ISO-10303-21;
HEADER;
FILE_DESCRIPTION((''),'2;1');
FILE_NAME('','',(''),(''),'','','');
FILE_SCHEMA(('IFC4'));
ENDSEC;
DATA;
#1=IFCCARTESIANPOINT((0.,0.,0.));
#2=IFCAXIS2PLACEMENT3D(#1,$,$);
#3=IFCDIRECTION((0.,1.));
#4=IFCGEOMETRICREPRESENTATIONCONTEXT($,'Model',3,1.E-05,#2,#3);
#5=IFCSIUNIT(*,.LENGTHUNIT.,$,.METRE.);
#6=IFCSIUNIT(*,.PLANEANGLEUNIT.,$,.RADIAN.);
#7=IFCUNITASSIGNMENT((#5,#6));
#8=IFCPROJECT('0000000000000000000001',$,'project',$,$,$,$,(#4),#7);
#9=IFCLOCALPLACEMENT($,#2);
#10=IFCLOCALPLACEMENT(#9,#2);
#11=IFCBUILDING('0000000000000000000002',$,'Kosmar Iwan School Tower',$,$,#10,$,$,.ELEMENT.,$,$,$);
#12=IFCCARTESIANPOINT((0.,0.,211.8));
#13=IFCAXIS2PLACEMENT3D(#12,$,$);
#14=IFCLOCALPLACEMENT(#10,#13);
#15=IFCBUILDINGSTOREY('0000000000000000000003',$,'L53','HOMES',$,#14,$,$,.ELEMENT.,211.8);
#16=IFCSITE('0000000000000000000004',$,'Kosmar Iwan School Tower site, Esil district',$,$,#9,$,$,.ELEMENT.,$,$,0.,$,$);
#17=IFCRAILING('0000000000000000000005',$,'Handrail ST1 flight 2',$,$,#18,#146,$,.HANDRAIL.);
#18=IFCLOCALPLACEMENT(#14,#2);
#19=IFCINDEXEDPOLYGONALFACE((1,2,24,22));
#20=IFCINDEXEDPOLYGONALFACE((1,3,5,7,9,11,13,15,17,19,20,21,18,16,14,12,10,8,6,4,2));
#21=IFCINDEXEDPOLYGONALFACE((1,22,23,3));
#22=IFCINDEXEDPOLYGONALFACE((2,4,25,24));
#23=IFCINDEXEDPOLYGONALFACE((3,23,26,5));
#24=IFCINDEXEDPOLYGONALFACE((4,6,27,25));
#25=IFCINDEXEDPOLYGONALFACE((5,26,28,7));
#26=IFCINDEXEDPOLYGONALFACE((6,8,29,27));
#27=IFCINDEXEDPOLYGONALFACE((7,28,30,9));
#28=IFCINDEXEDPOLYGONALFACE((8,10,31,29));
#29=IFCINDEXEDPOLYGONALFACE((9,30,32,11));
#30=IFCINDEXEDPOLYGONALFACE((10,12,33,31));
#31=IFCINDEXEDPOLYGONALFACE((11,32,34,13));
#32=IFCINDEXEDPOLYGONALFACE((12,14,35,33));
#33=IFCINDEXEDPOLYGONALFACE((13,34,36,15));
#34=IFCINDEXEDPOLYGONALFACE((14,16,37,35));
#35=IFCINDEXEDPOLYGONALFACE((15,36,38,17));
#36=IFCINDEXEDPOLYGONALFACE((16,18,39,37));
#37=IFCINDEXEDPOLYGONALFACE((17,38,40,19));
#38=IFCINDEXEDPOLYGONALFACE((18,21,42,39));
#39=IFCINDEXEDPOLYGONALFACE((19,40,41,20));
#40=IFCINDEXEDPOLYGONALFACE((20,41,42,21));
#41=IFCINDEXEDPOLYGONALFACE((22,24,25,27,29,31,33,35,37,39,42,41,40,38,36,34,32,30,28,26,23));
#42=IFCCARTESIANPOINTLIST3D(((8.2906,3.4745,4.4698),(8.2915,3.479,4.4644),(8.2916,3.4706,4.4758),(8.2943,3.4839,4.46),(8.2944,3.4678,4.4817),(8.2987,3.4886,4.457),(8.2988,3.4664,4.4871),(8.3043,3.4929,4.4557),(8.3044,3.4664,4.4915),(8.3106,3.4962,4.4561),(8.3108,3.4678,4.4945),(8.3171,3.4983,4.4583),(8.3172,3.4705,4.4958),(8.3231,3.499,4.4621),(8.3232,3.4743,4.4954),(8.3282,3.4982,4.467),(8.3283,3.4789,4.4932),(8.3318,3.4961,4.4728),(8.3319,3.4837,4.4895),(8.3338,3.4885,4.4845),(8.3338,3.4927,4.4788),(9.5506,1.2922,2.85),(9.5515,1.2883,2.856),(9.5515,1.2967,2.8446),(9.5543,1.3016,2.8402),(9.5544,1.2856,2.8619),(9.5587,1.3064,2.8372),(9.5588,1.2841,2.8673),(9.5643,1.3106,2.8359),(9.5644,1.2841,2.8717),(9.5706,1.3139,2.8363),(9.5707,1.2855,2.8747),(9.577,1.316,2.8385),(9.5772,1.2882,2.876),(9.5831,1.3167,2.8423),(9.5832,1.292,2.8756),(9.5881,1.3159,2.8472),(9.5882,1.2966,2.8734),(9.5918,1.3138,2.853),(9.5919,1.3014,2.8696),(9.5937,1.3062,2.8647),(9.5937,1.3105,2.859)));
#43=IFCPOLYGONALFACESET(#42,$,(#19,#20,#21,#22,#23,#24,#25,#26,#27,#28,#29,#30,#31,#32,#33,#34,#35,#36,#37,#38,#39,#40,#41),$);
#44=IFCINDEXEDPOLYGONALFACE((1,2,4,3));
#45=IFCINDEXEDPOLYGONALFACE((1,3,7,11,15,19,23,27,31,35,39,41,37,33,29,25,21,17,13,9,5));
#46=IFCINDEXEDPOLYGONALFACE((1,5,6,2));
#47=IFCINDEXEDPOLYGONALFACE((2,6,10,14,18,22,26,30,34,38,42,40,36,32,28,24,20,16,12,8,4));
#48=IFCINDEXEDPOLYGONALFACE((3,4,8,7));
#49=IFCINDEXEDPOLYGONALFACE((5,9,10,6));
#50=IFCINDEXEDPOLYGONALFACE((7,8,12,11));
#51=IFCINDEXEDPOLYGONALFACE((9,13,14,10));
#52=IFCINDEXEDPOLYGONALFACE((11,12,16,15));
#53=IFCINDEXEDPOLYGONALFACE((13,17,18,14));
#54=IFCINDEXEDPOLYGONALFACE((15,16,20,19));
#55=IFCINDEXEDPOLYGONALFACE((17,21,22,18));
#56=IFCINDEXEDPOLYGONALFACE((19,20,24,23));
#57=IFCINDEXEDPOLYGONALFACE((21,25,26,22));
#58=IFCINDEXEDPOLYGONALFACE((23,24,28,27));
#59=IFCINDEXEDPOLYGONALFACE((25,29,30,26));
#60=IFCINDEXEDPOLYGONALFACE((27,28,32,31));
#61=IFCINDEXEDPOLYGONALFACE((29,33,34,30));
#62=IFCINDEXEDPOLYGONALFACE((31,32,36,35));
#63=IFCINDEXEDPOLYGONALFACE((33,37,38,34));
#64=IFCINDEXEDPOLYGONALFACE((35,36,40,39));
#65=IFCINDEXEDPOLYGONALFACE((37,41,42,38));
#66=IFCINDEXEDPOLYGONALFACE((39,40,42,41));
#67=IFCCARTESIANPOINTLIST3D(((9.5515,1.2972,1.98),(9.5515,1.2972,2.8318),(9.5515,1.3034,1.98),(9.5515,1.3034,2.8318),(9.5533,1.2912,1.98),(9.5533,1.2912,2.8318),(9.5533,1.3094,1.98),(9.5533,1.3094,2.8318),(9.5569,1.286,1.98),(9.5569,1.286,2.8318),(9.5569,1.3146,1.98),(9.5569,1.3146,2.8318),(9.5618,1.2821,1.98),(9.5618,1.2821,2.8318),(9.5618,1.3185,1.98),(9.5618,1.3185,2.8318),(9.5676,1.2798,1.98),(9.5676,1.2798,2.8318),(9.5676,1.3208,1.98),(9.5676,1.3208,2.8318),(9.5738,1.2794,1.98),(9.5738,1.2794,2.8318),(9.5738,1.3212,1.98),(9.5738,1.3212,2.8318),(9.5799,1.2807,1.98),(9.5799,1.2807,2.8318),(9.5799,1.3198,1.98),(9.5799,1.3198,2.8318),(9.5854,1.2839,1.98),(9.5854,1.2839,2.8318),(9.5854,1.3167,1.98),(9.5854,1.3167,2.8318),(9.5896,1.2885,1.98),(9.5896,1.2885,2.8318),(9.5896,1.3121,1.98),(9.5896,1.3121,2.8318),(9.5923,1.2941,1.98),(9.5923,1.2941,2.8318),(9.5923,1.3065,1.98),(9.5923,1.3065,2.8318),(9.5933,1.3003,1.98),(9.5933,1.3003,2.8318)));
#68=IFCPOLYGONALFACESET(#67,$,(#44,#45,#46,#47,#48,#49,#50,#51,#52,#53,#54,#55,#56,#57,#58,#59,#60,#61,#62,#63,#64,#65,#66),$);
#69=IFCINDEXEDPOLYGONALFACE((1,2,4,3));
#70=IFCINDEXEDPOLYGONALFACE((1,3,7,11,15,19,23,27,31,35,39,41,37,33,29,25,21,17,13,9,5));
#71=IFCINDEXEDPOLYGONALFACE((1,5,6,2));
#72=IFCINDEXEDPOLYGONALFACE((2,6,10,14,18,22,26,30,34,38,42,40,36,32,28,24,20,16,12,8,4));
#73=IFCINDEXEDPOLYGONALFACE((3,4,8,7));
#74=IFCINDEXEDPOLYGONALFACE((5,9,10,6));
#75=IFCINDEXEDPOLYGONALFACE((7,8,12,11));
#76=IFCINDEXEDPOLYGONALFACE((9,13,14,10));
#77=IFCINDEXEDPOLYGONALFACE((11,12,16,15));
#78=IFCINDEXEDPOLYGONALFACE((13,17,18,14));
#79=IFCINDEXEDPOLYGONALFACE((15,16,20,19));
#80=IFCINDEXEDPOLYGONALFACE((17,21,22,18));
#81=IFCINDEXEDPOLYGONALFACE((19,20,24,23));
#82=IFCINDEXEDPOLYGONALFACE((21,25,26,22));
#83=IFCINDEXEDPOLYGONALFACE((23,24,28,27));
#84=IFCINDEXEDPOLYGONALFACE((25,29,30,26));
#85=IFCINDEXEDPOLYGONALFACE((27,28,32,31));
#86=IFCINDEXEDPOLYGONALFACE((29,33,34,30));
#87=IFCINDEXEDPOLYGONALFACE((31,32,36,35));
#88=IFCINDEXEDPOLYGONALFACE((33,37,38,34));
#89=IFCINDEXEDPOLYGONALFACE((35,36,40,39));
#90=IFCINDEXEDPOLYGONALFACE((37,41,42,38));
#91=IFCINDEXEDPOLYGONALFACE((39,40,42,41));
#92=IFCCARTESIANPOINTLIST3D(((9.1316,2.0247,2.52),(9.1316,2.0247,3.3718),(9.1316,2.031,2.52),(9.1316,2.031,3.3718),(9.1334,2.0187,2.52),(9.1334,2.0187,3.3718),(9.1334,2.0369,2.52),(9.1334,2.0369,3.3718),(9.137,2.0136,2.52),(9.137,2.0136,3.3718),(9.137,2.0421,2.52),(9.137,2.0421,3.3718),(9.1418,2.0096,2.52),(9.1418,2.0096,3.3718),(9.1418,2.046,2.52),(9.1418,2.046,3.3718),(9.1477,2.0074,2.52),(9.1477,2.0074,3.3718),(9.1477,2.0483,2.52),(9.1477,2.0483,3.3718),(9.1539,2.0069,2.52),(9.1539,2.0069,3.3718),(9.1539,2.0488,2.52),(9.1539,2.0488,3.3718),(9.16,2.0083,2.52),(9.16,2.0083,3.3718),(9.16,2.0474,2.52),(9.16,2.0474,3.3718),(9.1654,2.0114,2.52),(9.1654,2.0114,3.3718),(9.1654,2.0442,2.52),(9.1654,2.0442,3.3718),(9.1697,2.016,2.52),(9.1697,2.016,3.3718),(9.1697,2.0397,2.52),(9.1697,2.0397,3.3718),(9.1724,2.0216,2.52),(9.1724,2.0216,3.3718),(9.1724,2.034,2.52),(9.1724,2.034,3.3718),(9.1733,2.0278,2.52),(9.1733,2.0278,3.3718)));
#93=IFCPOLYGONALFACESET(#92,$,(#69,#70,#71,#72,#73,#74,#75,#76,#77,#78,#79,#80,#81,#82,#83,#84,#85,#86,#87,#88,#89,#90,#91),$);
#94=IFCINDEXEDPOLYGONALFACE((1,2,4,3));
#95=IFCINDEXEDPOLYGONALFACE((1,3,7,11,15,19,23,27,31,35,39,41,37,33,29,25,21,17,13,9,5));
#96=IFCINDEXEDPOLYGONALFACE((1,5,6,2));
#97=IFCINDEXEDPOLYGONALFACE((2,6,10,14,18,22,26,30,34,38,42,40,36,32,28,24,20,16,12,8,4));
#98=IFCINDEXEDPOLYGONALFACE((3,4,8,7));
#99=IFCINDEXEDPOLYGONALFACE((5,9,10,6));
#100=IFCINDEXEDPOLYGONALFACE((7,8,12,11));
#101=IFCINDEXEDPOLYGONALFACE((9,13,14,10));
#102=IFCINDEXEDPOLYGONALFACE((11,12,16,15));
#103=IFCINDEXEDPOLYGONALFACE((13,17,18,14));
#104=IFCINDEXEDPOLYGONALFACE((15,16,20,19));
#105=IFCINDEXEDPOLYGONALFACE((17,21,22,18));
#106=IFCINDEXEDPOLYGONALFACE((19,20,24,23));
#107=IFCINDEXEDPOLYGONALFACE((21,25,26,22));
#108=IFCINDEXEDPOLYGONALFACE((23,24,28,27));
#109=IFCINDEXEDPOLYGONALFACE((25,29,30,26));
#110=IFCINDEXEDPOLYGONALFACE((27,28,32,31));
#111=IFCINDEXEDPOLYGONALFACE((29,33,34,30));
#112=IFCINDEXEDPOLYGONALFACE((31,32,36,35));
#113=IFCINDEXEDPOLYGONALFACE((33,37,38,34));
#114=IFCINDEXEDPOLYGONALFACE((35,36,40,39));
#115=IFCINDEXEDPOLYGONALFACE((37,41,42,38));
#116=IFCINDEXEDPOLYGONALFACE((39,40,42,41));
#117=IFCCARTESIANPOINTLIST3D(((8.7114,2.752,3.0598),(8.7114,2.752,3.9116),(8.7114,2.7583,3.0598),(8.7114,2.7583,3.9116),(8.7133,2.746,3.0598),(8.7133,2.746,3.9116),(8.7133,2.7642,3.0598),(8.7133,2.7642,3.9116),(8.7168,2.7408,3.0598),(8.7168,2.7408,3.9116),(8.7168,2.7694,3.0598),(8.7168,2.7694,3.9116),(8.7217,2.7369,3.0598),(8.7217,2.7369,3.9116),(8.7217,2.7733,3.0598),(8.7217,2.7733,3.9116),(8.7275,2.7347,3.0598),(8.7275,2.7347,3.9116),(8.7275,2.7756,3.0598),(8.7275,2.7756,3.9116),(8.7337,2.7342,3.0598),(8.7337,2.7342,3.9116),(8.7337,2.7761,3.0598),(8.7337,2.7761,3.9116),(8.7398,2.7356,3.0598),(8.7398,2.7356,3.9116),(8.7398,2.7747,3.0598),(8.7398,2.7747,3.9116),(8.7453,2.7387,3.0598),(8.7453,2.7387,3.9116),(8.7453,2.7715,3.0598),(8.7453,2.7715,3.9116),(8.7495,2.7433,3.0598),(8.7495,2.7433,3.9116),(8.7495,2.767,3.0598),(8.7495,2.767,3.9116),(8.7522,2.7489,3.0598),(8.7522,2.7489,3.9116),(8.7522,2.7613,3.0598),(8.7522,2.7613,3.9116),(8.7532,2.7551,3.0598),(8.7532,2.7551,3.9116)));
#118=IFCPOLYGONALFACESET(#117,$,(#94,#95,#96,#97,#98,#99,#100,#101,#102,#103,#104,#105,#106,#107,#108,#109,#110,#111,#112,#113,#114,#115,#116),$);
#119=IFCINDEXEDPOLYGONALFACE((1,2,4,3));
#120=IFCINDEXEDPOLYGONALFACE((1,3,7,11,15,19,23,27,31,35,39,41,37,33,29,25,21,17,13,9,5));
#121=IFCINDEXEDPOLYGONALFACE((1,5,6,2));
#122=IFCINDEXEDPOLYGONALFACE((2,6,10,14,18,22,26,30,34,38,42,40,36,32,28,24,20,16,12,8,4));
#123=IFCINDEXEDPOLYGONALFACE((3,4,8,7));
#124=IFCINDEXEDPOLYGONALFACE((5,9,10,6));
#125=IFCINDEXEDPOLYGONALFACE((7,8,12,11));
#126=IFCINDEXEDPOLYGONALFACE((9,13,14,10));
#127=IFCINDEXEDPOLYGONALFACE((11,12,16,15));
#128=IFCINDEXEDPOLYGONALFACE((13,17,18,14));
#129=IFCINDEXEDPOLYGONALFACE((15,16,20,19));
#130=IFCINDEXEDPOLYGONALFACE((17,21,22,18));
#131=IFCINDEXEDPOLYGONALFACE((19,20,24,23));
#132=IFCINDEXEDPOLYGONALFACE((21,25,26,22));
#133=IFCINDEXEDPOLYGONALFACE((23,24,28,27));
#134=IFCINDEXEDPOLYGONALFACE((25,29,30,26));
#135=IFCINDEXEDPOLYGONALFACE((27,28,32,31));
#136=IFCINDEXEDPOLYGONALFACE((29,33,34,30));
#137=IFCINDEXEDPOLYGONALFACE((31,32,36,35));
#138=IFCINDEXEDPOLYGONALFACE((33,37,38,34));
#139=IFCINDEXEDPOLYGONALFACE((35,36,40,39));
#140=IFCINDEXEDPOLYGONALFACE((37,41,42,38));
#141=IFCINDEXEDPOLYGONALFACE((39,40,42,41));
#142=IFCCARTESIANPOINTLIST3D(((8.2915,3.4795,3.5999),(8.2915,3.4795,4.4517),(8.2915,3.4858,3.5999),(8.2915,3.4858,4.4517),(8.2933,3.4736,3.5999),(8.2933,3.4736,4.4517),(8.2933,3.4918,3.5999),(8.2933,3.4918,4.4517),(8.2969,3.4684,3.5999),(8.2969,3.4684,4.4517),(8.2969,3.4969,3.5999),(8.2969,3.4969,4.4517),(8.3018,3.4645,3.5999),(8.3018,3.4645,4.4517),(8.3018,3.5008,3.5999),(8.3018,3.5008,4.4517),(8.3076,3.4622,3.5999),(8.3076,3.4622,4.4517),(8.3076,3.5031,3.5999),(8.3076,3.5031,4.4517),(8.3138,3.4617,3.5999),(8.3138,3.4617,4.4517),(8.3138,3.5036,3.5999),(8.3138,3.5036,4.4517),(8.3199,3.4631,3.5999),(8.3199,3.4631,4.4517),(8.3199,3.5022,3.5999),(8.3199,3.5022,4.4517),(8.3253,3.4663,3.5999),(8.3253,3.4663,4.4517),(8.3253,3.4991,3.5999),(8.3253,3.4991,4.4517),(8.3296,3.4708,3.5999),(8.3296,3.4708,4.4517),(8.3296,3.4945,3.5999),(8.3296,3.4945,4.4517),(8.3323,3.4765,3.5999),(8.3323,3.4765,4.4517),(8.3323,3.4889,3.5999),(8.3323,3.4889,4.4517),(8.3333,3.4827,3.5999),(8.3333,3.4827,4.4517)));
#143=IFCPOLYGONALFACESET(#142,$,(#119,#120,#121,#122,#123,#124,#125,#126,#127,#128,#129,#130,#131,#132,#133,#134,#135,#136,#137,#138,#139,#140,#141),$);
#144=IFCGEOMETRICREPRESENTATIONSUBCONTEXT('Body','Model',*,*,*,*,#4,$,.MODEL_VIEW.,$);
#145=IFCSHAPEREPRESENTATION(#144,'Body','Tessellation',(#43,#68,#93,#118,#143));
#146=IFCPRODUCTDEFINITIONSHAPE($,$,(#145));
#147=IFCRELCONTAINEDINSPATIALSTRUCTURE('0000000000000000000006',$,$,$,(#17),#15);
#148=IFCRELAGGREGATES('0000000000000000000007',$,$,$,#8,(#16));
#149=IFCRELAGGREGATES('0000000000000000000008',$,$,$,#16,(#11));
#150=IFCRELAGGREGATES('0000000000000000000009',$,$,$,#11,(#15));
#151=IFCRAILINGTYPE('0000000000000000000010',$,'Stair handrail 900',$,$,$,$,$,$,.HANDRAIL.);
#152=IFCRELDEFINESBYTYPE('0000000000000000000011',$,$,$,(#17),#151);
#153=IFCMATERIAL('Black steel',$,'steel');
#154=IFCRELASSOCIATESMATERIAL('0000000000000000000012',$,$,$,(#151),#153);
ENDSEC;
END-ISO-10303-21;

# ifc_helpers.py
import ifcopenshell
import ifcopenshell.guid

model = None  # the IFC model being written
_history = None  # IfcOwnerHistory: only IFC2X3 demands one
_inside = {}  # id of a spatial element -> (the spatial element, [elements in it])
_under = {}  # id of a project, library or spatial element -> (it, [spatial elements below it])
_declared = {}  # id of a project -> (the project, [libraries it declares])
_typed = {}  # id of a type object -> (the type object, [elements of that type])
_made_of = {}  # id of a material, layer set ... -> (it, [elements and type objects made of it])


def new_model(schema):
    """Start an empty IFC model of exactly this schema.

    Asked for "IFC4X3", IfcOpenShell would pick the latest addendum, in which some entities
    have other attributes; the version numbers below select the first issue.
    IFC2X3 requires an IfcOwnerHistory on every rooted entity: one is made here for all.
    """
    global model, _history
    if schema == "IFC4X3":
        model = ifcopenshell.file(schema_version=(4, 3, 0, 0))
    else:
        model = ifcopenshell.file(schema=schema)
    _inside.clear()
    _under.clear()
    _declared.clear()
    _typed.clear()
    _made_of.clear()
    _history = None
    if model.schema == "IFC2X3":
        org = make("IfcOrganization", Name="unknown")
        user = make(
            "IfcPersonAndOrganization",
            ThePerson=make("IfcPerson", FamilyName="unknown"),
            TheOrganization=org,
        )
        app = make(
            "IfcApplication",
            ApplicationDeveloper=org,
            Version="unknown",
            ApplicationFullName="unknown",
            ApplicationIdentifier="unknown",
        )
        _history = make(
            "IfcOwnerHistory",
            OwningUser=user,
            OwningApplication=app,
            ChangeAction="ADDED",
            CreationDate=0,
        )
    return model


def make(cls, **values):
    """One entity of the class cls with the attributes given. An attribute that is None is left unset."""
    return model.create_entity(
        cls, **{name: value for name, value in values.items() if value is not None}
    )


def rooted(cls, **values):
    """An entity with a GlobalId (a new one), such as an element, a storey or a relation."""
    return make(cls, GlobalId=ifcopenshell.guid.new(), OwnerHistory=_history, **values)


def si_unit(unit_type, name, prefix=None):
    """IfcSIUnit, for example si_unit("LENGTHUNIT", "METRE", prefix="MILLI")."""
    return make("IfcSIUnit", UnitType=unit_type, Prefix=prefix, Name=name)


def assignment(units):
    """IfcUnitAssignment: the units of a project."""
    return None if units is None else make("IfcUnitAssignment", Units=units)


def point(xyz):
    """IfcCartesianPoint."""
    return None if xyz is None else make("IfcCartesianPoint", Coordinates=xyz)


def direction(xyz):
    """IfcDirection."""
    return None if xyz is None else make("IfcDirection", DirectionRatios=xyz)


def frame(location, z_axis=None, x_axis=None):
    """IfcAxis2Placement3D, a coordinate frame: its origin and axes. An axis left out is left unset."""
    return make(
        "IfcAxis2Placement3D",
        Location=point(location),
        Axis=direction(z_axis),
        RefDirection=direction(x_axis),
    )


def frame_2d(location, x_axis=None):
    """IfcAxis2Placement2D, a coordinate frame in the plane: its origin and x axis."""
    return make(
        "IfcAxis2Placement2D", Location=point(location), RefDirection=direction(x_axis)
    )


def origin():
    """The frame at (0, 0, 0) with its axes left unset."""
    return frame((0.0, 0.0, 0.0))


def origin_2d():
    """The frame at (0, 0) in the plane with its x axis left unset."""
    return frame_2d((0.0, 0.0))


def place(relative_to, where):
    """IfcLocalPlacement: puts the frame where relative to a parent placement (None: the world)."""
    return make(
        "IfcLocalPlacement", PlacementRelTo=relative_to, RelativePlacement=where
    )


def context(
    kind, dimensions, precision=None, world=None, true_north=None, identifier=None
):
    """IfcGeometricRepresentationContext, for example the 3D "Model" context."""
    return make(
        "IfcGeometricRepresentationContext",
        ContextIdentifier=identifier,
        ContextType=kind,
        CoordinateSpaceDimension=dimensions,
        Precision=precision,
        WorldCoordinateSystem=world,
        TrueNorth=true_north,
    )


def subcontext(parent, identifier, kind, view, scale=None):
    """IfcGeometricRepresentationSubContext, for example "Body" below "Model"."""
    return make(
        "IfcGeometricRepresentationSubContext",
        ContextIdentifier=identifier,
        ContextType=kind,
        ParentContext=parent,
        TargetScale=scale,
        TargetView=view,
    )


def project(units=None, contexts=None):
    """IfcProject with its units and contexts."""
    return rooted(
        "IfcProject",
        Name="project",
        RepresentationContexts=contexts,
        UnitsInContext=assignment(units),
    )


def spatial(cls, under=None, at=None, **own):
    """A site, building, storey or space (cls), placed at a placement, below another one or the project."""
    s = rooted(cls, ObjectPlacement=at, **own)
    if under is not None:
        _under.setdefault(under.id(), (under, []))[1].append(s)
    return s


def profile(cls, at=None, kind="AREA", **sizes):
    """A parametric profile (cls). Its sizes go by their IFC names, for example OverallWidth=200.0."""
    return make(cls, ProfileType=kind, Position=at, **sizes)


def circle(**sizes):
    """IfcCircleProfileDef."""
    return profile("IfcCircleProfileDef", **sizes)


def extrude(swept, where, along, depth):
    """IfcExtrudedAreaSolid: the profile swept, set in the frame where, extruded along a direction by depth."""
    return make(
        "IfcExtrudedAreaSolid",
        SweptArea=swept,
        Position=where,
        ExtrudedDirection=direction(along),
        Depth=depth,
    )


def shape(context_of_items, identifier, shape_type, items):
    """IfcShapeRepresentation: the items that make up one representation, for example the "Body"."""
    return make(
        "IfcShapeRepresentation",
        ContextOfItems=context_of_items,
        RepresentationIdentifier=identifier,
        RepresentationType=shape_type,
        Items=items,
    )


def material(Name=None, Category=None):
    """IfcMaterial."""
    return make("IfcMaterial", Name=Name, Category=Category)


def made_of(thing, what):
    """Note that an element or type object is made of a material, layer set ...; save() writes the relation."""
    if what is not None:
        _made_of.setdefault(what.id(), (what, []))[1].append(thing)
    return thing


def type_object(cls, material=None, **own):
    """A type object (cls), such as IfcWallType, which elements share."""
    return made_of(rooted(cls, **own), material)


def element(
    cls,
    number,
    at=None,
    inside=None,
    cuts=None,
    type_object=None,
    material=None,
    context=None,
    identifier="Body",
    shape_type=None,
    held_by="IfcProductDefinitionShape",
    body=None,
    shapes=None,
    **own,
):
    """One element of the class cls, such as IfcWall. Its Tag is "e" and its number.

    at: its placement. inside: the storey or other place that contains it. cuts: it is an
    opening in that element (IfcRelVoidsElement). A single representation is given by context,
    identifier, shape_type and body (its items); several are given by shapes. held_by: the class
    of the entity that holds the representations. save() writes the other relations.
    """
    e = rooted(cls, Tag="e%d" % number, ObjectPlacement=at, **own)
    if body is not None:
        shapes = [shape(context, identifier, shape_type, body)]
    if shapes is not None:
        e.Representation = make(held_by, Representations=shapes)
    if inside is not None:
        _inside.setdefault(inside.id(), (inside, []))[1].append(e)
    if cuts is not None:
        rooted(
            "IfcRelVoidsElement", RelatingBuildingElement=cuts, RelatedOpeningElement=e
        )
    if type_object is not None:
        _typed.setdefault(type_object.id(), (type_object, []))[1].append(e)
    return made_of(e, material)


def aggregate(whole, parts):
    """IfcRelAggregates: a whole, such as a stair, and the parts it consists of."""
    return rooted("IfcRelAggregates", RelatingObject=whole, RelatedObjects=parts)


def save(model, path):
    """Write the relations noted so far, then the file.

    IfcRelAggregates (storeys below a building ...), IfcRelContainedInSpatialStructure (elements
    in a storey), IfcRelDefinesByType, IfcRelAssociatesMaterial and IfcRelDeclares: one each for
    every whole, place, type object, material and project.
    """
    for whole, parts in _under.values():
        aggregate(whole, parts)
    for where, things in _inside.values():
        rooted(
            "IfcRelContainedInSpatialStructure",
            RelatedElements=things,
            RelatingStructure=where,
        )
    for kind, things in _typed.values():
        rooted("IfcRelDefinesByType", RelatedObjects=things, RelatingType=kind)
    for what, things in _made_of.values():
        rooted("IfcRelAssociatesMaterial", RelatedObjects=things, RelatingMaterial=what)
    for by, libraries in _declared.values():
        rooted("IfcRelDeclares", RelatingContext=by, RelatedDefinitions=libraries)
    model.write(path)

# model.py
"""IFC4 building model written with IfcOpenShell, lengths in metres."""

from ifc_helpers import new_model, si_unit, direction, frame, origin, origin_2d, place, context, subcontext, project, spatial, circle, extrude, material, type_object, element, save


model = new_model("IFC4")

# Units and contexts
model_context = context("Model", 3, precision=1e-05, world=origin(), true_north=direction((0.0, 1.0)))
body_context = subcontext(model_context, "Body", "Model", "MODEL_VIEW")
ifc_project = project(units=[si_unit("LENGTHUNIT", "METRE"), si_unit("PLANEANGLEUNIT", "RADIAN")], contexts=[model_context])

# Site, building, storey
site_placement = place(None, origin())
site = spatial("IfcSite", under=ifc_project, at=site_placement, Name="Kosmar Iwan School Tower site, Esil district", CompositionType="ELEMENT", RefElevation=0.0)
building_placement = place(site_placement, origin())
building = spatial("IfcBuilding", under=site, at=building_placement, Name="Kosmar Iwan School Tower", CompositionType="ELEMENT")
storey_placement = place(building_placement, frame((0.0, 0.0, 211.8)))
storey = spatial("IfcBuildingStorey", under=building, at=storey_placement, Name="L53", Description="HOMES", CompositionType="ELEMENT", Elevation=211.8)

# Railing
ifc_material_1 = material(Name="Black steel", Category="steel")
railing_type = type_object("IfcRailingType", Name="Stair handrail 900", PredefinedType="HANDRAIL", material=ifc_material_1)
railing_1_placement = place(storey_placement, frame((9.5723, 1.3003, 1.98)))
element("IfcRailing", 1, at=railing_1_placement, inside=storey, type_object=railing_type, Name="Handrail ST1 flight 2", PredefinedType="HANDRAIL", context=body_context, shape_type="SweptSolid", body=[
    extrude(circle(Radius=0.0239, at=origin_2d()), frame((0.0, 0.0, 0.876), z_axis=(-0.420603, 0.728496, 0.540728), x_axis=(-0.866023, -0.500005, 0.0)), (0.0, 0.0, 1.0), 2.9956),
    extrude(circle(Radius=0.021, at=origin_2d()), origin(), (0.0, 0.0, 1.0), 0.8518),
    extrude(circle(Radius=0.021, at=origin_2d()), frame((-0.4199, 0.7275, 0.54)), (0.0, 0.0, 1.0), 0.8518),
    extrude(circle(Radius=0.021, at=origin_2d()), frame((-0.8401, 1.4548, 1.0798)), (0.0, 0.0, 1.0), 0.8518),
    extrude(circle(Radius=0.021, at=origin_2d()), frame((-1.26, 2.1824, 1.6199)), (0.0, 0.0, 1.0), 0.8518),
])

save(model, "model.ifc")
